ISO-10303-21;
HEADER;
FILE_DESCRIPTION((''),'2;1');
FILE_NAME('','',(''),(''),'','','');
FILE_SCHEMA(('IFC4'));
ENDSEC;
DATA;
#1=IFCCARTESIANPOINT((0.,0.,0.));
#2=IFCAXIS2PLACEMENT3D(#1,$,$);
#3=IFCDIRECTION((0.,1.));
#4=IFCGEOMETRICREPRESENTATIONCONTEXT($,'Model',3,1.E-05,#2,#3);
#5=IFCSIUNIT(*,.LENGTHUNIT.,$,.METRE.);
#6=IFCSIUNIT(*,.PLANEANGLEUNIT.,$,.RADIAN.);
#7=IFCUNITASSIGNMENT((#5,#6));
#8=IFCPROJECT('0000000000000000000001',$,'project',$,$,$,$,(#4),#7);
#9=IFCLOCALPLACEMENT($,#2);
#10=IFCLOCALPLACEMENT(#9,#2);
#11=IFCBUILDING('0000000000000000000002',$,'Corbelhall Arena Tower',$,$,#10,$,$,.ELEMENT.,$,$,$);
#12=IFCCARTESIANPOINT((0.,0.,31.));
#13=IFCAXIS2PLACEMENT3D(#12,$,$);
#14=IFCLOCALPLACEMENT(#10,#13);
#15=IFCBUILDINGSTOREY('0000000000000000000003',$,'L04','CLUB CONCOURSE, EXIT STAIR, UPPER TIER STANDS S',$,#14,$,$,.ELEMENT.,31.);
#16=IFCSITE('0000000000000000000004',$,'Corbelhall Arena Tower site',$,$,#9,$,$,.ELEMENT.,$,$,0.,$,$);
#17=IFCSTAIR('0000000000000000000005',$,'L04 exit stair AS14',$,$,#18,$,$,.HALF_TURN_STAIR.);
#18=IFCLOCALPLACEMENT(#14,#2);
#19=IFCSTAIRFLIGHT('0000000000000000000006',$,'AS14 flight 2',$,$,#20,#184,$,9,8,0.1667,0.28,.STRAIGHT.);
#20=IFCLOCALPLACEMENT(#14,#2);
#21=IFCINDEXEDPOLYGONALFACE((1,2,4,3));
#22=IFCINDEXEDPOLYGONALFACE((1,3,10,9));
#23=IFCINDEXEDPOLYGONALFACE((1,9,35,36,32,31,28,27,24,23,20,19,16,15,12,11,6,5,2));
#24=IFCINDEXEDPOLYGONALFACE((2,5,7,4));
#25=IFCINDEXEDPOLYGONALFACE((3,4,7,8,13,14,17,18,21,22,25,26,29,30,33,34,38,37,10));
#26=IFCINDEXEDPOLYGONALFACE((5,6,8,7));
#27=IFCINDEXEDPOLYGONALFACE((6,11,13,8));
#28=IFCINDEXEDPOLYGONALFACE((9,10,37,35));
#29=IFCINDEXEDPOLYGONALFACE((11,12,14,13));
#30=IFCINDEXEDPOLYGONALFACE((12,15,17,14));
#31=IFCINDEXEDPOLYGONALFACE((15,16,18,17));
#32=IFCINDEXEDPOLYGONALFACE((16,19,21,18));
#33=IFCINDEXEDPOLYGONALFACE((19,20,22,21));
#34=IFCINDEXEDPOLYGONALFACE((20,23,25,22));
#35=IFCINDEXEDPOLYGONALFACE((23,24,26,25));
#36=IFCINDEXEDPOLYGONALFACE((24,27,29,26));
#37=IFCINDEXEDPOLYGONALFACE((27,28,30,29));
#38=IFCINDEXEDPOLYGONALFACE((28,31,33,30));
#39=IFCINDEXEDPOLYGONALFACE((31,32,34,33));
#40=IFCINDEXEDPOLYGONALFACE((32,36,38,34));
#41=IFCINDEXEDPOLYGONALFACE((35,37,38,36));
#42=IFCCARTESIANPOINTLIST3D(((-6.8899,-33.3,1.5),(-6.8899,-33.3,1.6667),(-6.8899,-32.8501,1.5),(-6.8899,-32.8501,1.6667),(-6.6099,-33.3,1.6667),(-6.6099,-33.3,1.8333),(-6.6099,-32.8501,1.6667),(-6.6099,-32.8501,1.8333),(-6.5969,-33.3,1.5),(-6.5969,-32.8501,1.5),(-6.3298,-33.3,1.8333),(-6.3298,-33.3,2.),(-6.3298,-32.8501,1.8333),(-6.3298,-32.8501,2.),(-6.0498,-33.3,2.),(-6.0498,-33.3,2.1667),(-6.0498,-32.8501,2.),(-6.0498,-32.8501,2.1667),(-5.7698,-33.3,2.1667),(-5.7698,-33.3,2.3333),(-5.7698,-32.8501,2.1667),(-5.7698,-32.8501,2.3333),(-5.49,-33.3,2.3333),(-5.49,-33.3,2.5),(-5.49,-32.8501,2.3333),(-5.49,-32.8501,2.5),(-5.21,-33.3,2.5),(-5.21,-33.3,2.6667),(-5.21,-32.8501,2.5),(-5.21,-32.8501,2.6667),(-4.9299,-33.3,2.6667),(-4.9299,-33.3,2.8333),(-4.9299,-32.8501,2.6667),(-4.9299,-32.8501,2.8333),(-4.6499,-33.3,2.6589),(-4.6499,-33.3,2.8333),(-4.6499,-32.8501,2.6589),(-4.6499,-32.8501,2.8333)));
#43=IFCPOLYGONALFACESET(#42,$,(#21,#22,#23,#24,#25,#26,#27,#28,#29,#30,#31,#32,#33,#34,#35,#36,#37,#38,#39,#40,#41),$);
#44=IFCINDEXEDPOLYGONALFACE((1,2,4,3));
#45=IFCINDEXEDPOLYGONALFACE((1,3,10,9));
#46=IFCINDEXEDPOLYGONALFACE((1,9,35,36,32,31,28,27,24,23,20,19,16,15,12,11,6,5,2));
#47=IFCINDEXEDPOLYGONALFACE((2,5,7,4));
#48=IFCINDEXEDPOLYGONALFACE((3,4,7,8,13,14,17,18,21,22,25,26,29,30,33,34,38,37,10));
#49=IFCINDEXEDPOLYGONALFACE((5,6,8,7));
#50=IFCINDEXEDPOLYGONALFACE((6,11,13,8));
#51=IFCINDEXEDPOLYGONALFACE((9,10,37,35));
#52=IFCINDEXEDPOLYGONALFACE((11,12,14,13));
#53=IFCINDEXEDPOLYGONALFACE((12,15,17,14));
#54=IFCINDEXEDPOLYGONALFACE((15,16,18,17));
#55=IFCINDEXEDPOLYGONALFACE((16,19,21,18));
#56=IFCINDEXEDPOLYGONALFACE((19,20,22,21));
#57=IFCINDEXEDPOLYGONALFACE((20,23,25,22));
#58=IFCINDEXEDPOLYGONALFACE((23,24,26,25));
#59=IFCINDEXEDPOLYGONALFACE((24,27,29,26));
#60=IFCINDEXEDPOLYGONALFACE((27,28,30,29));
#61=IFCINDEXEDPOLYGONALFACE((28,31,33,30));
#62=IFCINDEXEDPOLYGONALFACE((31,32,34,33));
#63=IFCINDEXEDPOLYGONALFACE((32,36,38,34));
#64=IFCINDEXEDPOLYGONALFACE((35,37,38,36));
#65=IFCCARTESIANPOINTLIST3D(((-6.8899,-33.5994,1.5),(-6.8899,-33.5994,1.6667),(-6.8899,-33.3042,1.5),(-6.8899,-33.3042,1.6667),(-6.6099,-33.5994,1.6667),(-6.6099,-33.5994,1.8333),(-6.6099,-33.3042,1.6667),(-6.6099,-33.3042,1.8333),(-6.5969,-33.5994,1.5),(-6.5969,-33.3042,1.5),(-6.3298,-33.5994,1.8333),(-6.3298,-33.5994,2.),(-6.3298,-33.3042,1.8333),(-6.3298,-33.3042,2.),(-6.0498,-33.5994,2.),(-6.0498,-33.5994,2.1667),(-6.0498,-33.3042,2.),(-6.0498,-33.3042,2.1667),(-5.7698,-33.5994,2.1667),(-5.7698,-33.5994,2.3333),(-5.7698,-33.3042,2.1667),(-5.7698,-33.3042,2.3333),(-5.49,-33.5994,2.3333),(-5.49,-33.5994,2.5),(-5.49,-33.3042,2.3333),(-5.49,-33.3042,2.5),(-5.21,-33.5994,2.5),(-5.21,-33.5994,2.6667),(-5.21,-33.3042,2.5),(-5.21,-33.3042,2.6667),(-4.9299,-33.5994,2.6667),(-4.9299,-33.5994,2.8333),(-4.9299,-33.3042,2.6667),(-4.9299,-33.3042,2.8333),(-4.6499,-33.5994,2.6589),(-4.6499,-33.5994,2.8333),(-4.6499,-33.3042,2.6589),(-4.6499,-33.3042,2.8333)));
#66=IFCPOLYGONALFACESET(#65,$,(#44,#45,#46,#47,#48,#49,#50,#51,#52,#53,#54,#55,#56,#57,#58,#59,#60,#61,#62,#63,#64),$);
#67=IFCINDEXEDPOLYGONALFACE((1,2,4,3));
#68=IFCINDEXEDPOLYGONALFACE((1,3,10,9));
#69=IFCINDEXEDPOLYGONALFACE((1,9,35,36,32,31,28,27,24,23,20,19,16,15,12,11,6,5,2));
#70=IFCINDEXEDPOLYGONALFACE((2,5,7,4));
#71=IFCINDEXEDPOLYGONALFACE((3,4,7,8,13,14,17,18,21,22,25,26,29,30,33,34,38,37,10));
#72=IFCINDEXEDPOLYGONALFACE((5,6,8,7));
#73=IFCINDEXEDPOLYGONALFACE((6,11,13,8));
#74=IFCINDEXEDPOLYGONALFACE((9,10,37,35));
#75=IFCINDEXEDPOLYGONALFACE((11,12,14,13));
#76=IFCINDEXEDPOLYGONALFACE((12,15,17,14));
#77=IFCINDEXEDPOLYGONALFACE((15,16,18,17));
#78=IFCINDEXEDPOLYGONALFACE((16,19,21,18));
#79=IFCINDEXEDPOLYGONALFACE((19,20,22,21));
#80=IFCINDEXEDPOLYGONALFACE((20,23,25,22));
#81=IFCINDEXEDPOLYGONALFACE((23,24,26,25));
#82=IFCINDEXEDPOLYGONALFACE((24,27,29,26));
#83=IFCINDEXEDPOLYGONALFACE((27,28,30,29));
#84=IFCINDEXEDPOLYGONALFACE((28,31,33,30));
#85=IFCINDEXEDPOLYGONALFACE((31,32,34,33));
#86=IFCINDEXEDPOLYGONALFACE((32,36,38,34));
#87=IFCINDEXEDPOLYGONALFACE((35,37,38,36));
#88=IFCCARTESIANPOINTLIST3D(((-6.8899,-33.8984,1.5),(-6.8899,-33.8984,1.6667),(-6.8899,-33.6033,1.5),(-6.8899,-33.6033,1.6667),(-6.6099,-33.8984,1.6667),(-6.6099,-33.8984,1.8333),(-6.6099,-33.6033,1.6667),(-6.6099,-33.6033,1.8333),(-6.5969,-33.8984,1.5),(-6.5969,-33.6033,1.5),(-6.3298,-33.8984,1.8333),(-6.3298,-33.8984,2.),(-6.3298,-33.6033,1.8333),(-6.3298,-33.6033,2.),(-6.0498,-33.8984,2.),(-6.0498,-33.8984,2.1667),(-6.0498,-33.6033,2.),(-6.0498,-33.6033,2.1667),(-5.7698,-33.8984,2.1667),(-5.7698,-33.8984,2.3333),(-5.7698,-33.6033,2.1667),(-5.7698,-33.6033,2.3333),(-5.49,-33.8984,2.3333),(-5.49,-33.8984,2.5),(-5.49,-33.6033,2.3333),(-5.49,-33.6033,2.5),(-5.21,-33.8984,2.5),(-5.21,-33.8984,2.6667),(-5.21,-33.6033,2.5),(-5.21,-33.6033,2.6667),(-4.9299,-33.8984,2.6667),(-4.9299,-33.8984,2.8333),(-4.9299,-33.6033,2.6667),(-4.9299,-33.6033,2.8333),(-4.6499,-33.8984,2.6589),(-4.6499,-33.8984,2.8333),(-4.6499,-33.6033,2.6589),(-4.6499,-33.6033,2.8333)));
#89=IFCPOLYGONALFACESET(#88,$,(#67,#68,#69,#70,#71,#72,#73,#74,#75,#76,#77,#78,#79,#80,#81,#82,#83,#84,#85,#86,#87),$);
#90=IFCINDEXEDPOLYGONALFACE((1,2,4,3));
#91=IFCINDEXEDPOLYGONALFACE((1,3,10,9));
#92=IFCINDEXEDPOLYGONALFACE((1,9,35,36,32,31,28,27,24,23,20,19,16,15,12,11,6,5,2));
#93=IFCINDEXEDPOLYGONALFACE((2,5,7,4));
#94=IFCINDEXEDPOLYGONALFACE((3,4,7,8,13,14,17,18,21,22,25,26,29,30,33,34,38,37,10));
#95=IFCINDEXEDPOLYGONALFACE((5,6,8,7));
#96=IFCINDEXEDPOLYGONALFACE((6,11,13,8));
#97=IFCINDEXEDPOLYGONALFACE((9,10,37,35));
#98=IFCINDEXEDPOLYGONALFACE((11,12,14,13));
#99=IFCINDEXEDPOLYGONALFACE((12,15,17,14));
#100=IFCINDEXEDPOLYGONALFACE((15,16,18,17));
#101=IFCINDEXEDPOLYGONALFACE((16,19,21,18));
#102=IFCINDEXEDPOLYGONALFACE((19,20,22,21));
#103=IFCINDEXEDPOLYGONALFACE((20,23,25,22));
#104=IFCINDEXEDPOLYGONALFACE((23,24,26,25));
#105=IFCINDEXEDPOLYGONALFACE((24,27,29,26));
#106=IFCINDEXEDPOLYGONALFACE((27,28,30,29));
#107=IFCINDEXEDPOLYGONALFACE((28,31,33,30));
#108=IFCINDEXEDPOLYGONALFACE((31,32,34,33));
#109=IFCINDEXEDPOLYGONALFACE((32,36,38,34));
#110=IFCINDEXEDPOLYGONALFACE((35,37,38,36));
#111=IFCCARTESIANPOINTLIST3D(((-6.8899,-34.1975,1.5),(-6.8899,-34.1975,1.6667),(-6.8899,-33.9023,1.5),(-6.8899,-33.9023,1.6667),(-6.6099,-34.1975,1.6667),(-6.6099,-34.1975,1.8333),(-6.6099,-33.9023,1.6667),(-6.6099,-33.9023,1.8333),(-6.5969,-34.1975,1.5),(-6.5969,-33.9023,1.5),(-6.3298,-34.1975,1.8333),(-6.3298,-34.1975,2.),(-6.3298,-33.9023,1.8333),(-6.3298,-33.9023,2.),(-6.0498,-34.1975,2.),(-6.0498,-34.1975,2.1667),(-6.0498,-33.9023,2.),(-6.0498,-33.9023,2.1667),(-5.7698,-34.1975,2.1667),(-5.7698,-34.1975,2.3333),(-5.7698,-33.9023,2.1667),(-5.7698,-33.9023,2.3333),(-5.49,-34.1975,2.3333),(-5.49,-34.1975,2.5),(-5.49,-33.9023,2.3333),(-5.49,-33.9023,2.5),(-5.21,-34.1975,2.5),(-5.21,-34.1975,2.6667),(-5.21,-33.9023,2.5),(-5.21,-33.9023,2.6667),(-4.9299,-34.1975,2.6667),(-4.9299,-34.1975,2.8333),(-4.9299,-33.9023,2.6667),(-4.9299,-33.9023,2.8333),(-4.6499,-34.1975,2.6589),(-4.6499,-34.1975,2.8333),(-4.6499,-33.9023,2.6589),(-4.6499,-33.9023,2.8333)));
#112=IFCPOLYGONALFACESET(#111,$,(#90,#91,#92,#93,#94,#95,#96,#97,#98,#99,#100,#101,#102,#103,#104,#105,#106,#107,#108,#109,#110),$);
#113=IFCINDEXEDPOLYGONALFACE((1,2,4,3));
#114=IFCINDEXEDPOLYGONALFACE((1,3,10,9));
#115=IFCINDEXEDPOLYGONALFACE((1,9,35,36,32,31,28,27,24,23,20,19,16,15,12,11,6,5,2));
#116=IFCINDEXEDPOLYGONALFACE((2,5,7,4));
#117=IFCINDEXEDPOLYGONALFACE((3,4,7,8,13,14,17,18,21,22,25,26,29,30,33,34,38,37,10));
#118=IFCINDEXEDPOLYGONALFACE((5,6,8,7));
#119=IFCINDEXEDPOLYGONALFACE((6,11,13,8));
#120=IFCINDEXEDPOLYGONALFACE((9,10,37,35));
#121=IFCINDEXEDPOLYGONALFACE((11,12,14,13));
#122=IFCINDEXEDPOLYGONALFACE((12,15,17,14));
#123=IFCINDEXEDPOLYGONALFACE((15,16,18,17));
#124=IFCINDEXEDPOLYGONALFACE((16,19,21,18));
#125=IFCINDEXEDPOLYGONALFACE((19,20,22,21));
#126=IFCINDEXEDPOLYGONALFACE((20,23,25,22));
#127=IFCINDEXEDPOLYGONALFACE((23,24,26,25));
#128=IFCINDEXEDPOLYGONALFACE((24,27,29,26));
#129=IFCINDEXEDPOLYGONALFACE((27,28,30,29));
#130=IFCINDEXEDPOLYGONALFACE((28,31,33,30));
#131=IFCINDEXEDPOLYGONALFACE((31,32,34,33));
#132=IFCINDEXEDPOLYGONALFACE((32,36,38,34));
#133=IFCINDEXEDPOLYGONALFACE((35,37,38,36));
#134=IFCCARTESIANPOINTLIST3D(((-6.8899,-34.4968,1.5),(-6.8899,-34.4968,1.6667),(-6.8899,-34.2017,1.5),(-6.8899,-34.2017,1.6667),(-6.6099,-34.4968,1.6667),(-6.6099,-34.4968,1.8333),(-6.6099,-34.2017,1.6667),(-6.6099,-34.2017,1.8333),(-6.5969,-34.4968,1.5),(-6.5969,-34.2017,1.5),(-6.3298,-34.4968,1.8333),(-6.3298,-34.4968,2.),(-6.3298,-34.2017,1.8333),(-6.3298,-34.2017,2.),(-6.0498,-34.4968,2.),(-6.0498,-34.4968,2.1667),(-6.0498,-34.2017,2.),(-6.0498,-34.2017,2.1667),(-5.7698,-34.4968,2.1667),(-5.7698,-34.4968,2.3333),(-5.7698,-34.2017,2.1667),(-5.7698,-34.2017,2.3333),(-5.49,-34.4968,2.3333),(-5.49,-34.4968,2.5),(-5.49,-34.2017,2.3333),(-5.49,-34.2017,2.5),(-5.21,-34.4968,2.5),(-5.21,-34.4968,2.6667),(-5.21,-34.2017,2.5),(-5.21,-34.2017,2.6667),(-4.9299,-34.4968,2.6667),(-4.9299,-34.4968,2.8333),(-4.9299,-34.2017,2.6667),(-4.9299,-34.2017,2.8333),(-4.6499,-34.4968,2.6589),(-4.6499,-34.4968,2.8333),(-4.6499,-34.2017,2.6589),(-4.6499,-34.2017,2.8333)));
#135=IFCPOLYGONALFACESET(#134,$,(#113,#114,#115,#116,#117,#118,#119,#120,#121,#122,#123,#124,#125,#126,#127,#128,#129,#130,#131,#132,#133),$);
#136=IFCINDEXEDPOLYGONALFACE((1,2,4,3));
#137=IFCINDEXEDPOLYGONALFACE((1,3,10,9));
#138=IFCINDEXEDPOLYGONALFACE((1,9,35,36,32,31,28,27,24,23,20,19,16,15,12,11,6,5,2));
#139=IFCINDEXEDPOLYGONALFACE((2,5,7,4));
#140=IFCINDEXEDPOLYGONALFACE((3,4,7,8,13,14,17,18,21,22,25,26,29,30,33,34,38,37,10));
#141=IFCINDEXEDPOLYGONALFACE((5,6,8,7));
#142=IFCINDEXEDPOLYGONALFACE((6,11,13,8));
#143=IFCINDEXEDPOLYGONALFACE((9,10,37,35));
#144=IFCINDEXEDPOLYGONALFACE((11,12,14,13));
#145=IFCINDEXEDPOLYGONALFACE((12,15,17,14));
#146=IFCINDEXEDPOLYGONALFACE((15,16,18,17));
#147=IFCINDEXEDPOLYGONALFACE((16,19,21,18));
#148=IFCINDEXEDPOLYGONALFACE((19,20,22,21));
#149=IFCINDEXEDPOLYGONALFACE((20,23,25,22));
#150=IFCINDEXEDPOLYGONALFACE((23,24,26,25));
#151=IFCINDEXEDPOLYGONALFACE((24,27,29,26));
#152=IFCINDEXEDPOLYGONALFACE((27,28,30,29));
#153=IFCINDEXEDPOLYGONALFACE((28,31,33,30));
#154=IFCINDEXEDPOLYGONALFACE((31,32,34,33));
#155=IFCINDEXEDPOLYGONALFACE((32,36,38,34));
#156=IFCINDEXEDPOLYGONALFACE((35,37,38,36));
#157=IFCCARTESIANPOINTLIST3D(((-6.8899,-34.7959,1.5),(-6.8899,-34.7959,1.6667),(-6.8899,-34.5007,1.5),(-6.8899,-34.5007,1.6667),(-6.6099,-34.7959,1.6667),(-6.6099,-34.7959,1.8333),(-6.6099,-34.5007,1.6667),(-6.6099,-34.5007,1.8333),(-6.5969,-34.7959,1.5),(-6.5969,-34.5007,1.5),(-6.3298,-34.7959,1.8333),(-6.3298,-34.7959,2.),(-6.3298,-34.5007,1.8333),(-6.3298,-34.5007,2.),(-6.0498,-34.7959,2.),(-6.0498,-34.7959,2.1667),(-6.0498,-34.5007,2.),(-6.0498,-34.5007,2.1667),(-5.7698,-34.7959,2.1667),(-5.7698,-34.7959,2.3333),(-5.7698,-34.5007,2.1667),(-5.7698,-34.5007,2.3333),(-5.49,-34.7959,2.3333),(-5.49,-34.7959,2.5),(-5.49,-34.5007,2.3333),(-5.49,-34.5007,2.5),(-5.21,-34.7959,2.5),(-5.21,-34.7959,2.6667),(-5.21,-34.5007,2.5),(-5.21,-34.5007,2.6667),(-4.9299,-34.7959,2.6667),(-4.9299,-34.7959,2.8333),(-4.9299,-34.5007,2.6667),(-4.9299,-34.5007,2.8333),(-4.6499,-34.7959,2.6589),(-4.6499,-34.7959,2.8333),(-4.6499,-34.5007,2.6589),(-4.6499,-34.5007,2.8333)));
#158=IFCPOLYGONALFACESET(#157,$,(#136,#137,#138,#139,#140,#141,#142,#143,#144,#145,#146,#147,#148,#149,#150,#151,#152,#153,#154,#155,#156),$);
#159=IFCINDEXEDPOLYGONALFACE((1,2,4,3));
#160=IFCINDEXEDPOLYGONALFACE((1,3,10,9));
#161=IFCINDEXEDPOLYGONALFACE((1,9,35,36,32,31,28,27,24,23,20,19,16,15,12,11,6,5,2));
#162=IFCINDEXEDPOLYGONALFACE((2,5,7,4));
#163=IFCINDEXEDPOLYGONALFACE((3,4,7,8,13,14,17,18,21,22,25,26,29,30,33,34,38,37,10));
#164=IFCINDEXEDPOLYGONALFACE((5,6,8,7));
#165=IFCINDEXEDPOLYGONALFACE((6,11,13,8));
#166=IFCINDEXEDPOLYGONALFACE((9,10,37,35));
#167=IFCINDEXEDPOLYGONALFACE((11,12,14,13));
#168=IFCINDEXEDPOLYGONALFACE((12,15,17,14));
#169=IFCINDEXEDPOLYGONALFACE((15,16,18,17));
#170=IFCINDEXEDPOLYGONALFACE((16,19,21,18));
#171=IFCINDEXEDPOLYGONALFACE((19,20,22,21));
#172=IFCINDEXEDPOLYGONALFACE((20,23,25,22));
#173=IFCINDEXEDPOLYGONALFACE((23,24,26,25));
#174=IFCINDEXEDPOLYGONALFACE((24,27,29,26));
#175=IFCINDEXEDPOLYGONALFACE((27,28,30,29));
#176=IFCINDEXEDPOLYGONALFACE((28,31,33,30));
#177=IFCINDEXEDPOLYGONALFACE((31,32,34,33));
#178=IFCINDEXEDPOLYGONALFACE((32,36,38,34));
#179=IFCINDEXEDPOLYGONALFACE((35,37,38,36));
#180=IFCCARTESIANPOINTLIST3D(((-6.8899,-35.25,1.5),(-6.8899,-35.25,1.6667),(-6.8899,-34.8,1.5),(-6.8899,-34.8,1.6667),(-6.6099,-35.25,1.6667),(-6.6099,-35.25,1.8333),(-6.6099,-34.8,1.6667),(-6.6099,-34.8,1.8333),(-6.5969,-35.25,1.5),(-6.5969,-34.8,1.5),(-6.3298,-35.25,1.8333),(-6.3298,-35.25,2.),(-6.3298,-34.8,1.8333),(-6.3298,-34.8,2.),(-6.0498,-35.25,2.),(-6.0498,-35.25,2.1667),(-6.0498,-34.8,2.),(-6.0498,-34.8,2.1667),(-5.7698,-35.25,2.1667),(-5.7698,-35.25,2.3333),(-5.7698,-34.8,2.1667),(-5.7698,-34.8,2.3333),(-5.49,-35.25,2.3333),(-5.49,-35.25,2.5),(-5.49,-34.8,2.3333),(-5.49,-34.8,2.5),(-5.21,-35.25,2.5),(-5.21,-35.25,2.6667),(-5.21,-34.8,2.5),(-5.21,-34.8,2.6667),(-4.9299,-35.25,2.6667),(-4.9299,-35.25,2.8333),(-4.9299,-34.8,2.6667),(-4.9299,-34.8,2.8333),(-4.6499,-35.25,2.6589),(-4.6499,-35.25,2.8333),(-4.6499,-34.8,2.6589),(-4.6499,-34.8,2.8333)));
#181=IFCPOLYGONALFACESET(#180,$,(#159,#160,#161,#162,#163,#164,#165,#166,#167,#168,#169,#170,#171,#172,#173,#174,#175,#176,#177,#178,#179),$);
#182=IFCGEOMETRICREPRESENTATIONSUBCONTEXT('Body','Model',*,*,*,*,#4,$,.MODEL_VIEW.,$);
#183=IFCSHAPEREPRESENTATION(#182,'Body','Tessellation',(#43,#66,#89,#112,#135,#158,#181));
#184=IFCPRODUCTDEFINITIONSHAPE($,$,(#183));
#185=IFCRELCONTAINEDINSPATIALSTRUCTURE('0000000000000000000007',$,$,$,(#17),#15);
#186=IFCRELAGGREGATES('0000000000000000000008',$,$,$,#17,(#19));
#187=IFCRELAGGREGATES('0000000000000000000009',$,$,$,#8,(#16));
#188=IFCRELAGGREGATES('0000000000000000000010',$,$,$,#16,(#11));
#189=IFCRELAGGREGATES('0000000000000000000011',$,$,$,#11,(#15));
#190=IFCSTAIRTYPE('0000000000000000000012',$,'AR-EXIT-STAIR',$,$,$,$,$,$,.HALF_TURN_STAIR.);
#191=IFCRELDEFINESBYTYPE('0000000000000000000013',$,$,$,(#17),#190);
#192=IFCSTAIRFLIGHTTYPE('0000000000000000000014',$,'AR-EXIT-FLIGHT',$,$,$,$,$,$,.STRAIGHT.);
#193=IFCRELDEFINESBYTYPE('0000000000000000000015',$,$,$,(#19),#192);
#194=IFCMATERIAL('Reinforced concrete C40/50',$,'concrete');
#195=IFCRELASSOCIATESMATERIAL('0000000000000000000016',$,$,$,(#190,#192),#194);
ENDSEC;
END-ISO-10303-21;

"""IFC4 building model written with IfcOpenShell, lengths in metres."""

from ifc_helpers import new_model, si_unit, direction, frame, origin, place, context, subcontext, project, spatial, polyline, outline, extrude, material, type_object, element, aggregate, save


model = new_model("IFC4")

# Units and contexts
model_context = context("Model", 3, precision=1e-05, world=origin(), true_north=direction((0.0, 1.0)))
body_context = subcontext(model_context, "Body", "Model", "MODEL_VIEW")
ifc_project = project(units=[si_unit("LENGTHUNIT", "METRE"), si_unit("PLANEANGLEUNIT", "RADIAN")], contexts=[model_context])

# Site, building, storey
site_placement = place(None, origin())
site = spatial("IfcSite", under=ifc_project, at=site_placement, Name="Corbelhall Arena Tower site", CompositionType="ELEMENT", RefElevation=0.0)
building_placement = place(site_placement, origin())
building = spatial("IfcBuilding", under=site, at=building_placement, Name="Corbelhall Arena Tower", CompositionType="ELEMENT")
storey_placement = place(building_placement, frame((0.0, 0.0, 31.0)))
storey = spatial("IfcBuildingStorey", under=building, at=storey_placement, Name="L04", Description="CLUB CONCOURSE, EXIT STAIR, UPPER TIER STANDS S", CompositionType="ELEMENT", Elevation=31.0)

# Shared definitions
ifc_material_1 = material(Name="Reinforced concrete C40/50", Category="concrete")

# Stair, stair flight
stair_type = type_object("IfcStairType", Name="AR-EXIT-STAIR", PredefinedType="HALF_TURN_STAIR", material=ifc_material_1)
stair_flight_type = type_object("IfcStairFlightType", Name="AR-EXIT-FLIGHT", PredefinedType="STRAIGHT", material=ifc_material_1)
stair_1_placement = place(storey_placement, origin())
stair_1 = element("IfcStair", 1, at=stair_1_placement, inside=storey, type_object=stair_type, Name="L04 exit stair AS14", PredefinedType="HALF_TURN_STAIR")
stair_flight_1_placement = place(storey_placement, frame((-6.8899, -34.05, 1.5), z_axis=(0.0, 0.0, 1.0), x_axis=(1.0, 0.0, 0.0)))
stair_flight_1 = element("IfcStairFlight", 2, at=stair_flight_1_placement, type_object=stair_flight_type, Name="AS14 flight 2", NumberOfRisers=9, NumberOfTreads=8, PredefinedType="STRAIGHT", RiserHeight=0.1667, TreadLength=0.28, context=body_context, shape_type="SweptSolid", body=[
    extrude(outline(polyline([(0.0, 0.0), (0.0, 0.1667), (0.28, 0.1667), (0.28, 0.3333), (0.5601, 0.3333), (0.5601, 0.5), (0.8401, 0.5), (0.8401, 0.6667), (1.1201, 0.6667), (1.1201, 0.8333), (1.3999, 0.8333), (1.3999, 1.0), (1.6799, 1.0), (1.6799, 1.1667), (1.96, 1.1667), (1.96, 1.3333), (2.24, 1.3333), (2.24, 1.5), (2.24, 1.1589), (0.293, 0.0), (0.0, 0.0)])), frame((0.0, 1.2, 0.0), z_axis=(0.0, -1.0, 0.0), x_axis=(1.0, 0.0, 0.0)), (0.0, 0.0, 1.0), 0.45),
    extrude(outline(polyline([(0.0, 0.0), (0.0, 0.1667), (0.28, 0.1667), (0.28, 0.3333), (0.5601, 0.3333), (0.5601, 0.5), (0.8401, 0.5), (0.8401, 0.6667), (1.1201, 0.6667), (1.1201, 0.8333), (1.3999, 0.8333), (1.3999, 1.0), (1.6799, 1.0), (1.6799, 1.1667), (1.96, 1.1667), (1.96, 1.3333), (2.24, 1.3333), (2.24, 1.5), (2.24, 1.1589), (0.293, 0.0), (0.0, 0.0)])), frame((0.0, 0.7458, 0.0), z_axis=(0.0, -1.0, 0.0), x_axis=(1.0, 0.0, 0.0)), (0.0, 0.0, 1.0), 0.2952),
    extrude(outline(polyline([(0.0, 0.0), (0.0, 0.1667), (0.28, 0.1667), (0.28, 0.3333), (0.5601, 0.3333), (0.5601, 0.5), (0.8401, 0.5), (0.8401, 0.6667), (1.1201, 0.6667), (1.1201, 0.8333), (1.3999, 0.8333), (1.3999, 1.0), (1.6799, 1.0), (1.6799, 1.1667), (1.96, 1.1667), (1.96, 1.3333), (2.24, 1.3333), (2.24, 1.5), (2.24, 1.1589), (0.293, 0.0), (0.0, 0.0)])), frame((0.0, 0.4468, 0.0), z_axis=(0.0, -1.0, 0.0), x_axis=(1.0, 0.0, 0.0)), (0.0, 0.0, 1.0), 0.2952),
    extrude(outline(polyline([(0.0, 0.0), (0.0, 0.1667), (0.28, 0.1667), (0.28, 0.3333), (0.5601, 0.3333), (0.5601, 0.5), (0.8401, 0.5), (0.8401, 0.6667), (1.1201, 0.6667), (1.1201, 0.8333), (1.3999, 0.8333), (1.3999, 1.0), (1.6799, 1.0), (1.6799, 1.1667), (1.96, 1.1667), (1.96, 1.3333), (2.24, 1.3333), (2.24, 1.5), (2.24, 1.1589), (0.293, 0.0), (0.0, 0.0)])), frame((0.0, 0.1477, 0.0), z_axis=(0.0, -1.0, 0.0), x_axis=(1.0, 0.0, 0.0)), (0.0, 0.0, 1.0), 0.2952),
    extrude(outline(polyline([(0.0, 0.0), (0.0, 0.1667), (0.28, 0.1667), (0.28, 0.3333), (0.5601, 0.3333), (0.5601, 0.5), (0.8401, 0.5), (0.8401, 0.6667), (1.1201, 0.6667), (1.1201, 0.8333), (1.3999, 0.8333), (1.3999, 1.0), (1.6799, 1.0), (1.6799, 1.1667), (1.96, 1.1667), (1.96, 1.3333), (2.24, 1.3333), (2.24, 1.5), (2.24, 1.1589), (0.293, 0.0), (0.0, 0.0)])), frame((0.0, -0.1516, 0.0), z_axis=(0.0, -1.0, 0.0), x_axis=(1.0, 0.0, 0.0)), (0.0, 0.0, 1.0), 0.2952),
    extrude(outline(polyline([(0.0, 0.0), (0.0, 0.1667), (0.28, 0.1667), (0.28, 0.3333), (0.5601, 0.3333), (0.5601, 0.5), (0.8401, 0.5), (0.8401, 0.6667), (1.1201, 0.6667), (1.1201, 0.8333), (1.3999, 0.8333), (1.3999, 1.0), (1.6799, 1.0), (1.6799, 1.1667), (1.96, 1.1667), (1.96, 1.3333), (2.24, 1.3333), (2.24, 1.5), (2.24, 1.1589), (0.293, 0.0), (0.0, 0.0)])), frame((0.0, -0.4507, 0.0), z_axis=(0.0, -1.0, 0.0), x_axis=(1.0, 0.0, 0.0)), (0.0, 0.0, 1.0), 0.2952),
    extrude(outline(polyline([(0.0, 0.0), (0.0, 0.1667), (0.28, 0.1667), (0.28, 0.3333), (0.5601, 0.3333), (0.5601, 0.5), (0.8401, 0.5), (0.8401, 0.6667), (1.1201, 0.6667), (1.1201, 0.8333), (1.3999, 0.8333), (1.3999, 1.0), (1.6799, 1.0), (1.6799, 1.1667), (1.96, 1.1667), (1.96, 1.3333), (2.24, 1.3333), (2.24, 1.5), (2.24, 1.1589), (0.293, 0.0), (0.0, 0.0)])), frame((0.0, -0.75, 0.0), z_axis=(0.0, -1.0, 0.0), x_axis=(1.0, 0.0, 0.0)), (0.0, 0.0, 1.0), 0.45),
])
aggregate(stair_1, [stair_flight_1])

save(model, "model.ifc")
